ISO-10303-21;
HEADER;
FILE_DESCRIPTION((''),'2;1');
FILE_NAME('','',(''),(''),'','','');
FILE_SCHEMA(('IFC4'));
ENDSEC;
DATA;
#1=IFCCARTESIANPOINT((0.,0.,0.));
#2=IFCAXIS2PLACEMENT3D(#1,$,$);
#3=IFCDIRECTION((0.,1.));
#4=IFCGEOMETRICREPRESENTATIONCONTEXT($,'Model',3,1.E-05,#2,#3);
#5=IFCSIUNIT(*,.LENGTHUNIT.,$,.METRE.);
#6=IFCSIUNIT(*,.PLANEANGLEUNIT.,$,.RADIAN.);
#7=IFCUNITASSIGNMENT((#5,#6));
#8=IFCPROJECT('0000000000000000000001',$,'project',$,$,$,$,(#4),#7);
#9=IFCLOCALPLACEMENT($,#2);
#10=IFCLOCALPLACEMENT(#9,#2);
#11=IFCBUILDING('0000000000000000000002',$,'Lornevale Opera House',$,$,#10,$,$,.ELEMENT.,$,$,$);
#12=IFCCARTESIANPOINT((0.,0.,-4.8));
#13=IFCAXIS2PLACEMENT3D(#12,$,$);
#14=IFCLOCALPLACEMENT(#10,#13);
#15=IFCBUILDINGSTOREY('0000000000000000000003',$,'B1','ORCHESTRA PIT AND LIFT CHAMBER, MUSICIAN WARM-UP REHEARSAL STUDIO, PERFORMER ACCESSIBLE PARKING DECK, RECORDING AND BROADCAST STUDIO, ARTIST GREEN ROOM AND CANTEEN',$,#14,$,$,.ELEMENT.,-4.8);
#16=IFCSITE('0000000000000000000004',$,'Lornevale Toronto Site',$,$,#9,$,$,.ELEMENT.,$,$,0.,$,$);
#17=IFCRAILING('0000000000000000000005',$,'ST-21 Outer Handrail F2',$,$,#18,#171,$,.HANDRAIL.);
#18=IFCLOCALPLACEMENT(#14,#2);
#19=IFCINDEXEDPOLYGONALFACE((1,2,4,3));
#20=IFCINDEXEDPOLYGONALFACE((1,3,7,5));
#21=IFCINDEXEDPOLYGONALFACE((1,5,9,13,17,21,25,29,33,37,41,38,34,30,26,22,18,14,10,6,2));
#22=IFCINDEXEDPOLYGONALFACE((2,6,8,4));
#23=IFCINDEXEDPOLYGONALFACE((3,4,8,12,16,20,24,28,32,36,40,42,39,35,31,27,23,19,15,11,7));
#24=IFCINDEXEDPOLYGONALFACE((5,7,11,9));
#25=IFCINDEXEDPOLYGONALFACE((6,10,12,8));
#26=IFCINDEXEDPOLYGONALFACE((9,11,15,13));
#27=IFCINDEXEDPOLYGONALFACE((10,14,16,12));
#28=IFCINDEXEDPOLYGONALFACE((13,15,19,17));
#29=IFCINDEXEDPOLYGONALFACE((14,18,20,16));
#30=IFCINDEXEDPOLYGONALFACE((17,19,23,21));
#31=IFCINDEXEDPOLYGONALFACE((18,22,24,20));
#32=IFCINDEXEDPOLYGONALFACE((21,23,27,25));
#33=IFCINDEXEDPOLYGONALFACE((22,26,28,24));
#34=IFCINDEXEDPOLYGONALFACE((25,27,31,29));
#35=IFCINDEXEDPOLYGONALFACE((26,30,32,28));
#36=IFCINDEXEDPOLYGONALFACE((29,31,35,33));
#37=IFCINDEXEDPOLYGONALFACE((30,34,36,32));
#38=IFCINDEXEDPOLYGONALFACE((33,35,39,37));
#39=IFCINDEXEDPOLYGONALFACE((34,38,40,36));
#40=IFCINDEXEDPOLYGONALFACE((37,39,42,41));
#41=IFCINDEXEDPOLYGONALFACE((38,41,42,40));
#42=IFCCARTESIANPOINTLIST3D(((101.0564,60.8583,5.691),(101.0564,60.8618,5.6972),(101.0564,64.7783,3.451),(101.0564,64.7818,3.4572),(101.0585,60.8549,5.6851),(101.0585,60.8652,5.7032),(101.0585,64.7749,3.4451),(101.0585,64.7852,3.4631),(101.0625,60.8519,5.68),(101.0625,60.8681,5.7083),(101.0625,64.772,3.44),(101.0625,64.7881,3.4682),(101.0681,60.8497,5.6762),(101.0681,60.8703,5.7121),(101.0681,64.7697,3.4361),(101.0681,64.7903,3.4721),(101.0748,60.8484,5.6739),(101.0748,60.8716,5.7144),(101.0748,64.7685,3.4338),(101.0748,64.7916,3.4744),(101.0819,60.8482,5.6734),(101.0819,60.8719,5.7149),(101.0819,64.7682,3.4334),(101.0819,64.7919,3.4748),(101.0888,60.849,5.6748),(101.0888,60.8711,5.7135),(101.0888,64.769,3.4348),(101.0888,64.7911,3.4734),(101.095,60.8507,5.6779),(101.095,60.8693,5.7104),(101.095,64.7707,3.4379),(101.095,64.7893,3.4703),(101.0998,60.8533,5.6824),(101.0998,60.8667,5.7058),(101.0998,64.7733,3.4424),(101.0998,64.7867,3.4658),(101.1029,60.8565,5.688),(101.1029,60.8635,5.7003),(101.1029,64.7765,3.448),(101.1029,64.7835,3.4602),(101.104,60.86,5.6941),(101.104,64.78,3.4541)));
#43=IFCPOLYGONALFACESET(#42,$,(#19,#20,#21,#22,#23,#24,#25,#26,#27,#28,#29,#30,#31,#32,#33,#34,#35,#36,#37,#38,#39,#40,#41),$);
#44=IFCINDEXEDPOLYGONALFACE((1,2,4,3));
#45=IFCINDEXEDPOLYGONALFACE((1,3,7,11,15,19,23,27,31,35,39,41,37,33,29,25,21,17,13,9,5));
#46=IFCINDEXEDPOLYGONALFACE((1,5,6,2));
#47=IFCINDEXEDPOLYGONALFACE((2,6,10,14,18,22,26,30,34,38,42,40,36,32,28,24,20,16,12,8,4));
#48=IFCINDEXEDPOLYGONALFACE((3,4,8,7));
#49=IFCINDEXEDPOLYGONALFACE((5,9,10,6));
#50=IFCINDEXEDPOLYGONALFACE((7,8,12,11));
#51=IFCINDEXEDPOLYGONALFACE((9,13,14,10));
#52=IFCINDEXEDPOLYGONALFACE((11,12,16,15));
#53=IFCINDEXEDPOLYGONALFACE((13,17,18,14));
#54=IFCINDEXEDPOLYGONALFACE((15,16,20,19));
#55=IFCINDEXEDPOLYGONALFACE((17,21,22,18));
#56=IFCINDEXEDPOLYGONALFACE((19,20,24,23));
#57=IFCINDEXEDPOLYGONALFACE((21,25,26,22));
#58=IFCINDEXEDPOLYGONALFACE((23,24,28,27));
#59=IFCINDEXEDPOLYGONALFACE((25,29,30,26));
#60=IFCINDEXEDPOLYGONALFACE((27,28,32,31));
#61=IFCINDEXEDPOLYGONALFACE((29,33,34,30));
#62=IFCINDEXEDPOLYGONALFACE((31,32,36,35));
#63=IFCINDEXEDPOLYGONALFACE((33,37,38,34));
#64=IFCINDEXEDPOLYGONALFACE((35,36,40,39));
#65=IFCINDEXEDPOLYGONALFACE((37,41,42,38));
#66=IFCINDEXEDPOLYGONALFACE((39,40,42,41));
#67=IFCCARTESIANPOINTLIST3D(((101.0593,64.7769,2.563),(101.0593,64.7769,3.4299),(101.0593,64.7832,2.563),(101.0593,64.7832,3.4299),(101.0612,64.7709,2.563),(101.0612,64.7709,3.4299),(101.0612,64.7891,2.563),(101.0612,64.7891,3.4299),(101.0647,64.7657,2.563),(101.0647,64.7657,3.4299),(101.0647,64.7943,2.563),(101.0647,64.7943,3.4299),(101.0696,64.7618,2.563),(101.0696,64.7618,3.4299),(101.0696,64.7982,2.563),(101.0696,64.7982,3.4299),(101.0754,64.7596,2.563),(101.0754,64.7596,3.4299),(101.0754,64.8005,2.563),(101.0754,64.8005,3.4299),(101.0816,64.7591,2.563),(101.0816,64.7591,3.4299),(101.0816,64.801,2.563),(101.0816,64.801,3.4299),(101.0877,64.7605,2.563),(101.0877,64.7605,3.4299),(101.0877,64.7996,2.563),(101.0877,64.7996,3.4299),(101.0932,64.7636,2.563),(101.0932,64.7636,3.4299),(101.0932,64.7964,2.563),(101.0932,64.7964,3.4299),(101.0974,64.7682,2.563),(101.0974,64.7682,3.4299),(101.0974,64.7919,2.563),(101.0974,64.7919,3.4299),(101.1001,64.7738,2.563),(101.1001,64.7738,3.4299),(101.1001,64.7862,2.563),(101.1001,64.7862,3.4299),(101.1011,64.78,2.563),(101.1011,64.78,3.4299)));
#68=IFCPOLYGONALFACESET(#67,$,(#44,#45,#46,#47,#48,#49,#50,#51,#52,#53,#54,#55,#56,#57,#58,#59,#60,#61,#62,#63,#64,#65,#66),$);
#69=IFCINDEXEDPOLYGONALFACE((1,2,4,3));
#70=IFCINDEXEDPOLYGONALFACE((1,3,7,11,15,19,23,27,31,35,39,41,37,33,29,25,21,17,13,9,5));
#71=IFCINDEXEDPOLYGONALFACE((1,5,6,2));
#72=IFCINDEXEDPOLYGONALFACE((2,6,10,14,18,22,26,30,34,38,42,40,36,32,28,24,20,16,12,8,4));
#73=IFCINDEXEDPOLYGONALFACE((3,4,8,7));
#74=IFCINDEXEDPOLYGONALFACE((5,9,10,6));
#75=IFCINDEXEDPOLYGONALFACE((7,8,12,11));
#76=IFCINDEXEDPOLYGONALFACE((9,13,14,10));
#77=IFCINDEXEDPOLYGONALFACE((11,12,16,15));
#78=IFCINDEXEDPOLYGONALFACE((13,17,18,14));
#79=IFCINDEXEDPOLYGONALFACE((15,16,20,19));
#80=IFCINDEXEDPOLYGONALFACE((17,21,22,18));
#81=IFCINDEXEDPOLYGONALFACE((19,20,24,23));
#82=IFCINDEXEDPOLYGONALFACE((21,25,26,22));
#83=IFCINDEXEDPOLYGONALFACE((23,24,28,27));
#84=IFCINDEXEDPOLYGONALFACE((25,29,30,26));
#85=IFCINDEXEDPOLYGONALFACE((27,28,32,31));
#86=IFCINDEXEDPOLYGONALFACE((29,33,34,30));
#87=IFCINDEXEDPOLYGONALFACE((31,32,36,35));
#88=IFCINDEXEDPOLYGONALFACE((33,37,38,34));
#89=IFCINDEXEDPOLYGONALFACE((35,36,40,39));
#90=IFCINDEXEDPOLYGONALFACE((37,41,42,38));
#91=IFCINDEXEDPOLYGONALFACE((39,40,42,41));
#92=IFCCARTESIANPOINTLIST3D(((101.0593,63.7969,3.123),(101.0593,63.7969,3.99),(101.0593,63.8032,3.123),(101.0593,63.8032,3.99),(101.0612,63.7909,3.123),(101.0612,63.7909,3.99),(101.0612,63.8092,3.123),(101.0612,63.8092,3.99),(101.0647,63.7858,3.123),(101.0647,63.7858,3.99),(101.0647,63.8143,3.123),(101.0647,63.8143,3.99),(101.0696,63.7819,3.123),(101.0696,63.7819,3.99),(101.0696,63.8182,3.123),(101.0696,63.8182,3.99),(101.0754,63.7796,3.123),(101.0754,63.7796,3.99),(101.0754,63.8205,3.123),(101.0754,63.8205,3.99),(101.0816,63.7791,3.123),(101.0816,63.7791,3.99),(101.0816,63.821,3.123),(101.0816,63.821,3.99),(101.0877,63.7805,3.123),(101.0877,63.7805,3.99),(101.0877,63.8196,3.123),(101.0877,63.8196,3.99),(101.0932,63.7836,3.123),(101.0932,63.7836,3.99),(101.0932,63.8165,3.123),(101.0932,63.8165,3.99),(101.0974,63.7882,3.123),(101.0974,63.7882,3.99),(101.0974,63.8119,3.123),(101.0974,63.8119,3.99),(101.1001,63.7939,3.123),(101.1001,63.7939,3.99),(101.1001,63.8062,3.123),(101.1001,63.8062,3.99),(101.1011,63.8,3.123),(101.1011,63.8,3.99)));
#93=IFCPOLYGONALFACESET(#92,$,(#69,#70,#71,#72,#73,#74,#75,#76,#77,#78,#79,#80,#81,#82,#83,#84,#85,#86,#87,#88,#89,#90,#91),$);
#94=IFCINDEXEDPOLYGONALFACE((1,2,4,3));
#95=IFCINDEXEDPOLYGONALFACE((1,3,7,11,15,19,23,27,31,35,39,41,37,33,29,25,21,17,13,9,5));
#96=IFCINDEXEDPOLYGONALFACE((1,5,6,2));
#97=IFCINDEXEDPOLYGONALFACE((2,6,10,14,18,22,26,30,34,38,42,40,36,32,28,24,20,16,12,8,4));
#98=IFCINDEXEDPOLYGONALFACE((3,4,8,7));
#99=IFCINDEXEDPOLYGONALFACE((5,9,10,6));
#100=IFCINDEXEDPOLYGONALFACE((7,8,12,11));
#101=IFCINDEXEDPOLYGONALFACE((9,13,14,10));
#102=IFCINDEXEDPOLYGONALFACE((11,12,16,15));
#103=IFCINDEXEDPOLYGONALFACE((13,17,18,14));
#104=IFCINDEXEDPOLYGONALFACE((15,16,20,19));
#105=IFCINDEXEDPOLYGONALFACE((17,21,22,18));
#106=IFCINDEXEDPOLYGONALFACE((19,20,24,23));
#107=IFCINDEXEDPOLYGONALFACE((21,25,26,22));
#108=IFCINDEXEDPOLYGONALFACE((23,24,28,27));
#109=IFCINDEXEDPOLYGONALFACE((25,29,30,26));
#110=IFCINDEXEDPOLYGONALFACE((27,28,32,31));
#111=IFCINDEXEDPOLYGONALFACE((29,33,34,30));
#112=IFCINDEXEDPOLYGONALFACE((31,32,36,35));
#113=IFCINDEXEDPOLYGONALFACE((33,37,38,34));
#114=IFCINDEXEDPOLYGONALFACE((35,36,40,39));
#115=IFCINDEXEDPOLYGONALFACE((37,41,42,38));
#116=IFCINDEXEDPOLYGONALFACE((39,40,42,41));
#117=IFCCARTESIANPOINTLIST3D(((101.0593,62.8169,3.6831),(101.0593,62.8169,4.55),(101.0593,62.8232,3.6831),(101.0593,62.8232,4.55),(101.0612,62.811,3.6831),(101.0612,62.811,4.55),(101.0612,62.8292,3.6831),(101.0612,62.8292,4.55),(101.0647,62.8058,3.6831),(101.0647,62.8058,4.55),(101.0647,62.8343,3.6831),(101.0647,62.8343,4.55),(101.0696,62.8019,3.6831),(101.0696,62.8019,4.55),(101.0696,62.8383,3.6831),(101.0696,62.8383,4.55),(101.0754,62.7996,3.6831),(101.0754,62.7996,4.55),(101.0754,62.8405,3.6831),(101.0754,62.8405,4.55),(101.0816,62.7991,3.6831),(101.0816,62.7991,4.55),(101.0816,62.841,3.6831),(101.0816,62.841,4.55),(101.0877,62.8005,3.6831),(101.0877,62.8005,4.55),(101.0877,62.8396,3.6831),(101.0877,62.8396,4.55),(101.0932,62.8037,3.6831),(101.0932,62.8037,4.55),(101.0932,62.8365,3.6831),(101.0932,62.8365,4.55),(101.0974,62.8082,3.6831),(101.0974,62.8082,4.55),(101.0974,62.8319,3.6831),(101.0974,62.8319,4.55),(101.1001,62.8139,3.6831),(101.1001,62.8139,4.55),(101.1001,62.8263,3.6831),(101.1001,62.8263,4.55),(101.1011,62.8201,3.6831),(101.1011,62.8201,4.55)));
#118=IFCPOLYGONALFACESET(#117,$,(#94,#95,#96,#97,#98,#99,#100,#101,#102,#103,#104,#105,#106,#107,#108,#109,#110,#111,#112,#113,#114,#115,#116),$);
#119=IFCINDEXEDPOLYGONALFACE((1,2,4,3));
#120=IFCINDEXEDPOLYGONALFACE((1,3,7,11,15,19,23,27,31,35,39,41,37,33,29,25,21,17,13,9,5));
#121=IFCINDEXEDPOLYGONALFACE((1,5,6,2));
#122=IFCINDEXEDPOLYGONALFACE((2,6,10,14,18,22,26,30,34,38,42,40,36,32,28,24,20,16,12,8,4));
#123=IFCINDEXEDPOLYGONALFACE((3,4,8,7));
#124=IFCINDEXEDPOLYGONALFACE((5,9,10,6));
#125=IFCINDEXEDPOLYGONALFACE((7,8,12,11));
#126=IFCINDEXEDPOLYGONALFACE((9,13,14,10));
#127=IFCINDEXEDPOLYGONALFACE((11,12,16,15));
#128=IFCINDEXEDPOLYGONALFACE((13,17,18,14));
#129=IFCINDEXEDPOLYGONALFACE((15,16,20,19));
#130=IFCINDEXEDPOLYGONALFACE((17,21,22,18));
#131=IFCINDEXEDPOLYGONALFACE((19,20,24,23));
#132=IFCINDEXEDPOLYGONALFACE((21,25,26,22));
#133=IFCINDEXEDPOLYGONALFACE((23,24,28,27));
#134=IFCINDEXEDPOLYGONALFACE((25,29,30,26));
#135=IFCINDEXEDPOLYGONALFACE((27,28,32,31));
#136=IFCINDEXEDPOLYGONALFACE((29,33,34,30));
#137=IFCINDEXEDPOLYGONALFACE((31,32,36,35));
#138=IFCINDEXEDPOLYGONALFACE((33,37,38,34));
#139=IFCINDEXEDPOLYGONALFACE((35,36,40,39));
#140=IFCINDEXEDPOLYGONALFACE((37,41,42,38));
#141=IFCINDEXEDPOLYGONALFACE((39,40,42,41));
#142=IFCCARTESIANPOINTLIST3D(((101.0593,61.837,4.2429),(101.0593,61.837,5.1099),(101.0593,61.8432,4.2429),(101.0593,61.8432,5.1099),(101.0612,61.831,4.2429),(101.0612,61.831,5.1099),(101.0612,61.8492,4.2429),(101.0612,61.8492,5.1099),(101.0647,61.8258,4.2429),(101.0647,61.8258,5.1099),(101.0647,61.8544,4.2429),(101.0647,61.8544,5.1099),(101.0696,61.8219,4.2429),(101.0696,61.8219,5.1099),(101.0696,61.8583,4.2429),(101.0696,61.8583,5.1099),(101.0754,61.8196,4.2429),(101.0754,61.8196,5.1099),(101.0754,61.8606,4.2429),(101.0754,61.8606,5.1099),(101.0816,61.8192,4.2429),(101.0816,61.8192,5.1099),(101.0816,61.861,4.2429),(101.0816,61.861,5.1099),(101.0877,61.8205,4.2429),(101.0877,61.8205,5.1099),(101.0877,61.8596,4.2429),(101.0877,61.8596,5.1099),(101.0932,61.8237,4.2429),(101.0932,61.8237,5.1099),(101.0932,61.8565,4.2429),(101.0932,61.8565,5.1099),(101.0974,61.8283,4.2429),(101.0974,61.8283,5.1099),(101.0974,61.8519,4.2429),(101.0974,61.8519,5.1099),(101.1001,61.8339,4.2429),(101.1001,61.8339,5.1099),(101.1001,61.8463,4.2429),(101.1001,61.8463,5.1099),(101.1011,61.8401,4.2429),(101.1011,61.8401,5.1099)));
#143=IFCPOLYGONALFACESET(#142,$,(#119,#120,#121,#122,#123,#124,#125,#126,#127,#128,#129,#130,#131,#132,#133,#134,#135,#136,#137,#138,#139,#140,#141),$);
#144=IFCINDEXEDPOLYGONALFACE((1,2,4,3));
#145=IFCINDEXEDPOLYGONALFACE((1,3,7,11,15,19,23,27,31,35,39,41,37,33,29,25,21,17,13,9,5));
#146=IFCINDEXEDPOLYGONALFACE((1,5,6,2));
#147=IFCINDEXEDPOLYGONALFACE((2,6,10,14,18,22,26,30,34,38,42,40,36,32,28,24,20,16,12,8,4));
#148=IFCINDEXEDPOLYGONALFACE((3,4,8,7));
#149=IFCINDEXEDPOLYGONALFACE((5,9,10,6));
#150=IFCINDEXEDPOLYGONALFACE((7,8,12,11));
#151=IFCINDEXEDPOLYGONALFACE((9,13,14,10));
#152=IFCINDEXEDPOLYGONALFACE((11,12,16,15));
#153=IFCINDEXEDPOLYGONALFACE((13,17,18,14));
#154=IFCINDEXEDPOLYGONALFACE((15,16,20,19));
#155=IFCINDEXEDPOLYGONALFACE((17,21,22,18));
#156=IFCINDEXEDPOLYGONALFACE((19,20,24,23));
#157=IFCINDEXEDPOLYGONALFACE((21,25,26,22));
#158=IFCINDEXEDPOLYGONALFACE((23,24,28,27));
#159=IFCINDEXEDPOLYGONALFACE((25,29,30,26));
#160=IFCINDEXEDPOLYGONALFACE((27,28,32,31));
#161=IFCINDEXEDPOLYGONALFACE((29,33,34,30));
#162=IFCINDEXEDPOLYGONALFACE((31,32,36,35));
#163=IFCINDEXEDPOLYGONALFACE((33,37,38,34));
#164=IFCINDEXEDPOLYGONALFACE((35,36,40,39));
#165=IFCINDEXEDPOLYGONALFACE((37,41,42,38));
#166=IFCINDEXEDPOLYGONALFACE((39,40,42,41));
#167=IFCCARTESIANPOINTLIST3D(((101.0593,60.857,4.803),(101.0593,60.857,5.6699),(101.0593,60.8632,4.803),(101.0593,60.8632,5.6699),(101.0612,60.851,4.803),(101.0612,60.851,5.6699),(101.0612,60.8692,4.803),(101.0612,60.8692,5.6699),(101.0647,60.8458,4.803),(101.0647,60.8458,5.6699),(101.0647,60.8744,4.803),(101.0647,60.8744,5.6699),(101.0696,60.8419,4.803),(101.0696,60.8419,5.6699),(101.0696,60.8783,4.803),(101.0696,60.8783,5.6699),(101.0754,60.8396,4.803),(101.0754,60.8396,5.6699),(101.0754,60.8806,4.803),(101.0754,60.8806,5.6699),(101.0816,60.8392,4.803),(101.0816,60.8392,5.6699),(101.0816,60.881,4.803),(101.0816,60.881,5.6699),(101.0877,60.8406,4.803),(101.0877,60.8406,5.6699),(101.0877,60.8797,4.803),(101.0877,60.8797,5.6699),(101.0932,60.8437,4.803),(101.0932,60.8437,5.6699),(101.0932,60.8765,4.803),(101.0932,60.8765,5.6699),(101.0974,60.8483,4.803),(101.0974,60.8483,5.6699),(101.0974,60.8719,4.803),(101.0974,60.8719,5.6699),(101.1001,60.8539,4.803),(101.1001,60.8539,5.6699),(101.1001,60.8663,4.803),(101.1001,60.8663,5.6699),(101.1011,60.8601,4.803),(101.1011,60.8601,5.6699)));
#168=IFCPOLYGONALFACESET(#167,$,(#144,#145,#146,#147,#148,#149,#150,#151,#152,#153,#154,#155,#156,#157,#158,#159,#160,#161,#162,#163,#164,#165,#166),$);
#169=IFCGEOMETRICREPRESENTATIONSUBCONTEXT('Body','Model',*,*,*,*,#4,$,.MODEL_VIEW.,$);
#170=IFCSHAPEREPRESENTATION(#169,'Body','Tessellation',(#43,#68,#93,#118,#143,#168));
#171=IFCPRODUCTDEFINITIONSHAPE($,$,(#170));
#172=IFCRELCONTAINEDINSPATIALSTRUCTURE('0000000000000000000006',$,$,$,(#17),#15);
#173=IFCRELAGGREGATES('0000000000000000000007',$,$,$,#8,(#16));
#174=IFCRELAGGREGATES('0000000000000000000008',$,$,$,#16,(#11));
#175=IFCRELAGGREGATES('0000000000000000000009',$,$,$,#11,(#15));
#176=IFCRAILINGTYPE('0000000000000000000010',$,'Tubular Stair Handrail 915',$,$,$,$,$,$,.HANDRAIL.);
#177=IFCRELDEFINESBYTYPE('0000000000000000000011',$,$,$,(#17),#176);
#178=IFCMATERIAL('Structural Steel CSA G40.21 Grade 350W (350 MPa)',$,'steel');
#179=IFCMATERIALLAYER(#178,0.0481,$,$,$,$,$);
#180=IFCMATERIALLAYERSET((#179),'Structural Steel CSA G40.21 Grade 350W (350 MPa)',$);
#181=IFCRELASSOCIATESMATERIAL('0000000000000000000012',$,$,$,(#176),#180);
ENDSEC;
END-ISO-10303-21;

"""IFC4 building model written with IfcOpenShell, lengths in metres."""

from ifc_helpers import new_model, si_unit, direction, frame, origin, origin_2d, place, context, subcontext, project, spatial, circle, extrude, material, layer, layer_set, type_object, element, save


model = new_model("IFC4")

# Units and contexts
model_context = context("Model", 3, precision=1e-05, world=origin(), true_north=direction((0.0, 1.0)))
body_context = subcontext(model_context, "Body", "Model", "MODEL_VIEW")
ifc_project = project(units=[si_unit("LENGTHUNIT", "METRE"), si_unit("PLANEANGLEUNIT", "RADIAN")], contexts=[model_context])

# Site, building, storey
site_placement = place(None, origin())
site = spatial("IfcSite", under=ifc_project, at=site_placement, Name="Lornevale Toronto Site", CompositionType="ELEMENT", RefElevation=0.0)
building_placement = place(site_placement, origin())
building = spatial("IfcBuilding", under=site, at=building_placement, Name="Lornevale Opera House", CompositionType="ELEMENT")
storey_placement = place(building_placement, frame((0.0, 0.0, -4.8)))
storey = spatial("IfcBuildingStorey", under=building, at=storey_placement, Name="B1", Description="ORCHESTRA PIT AND LIFT CHAMBER, MUSICIAN WARM-UP REHEARSAL STUDIO, PERFORMER ACCESSIBLE PARKING DECK, RECORDING AND BROADCAST STUDIO, ARTIST GREEN ROOM AND CANTEEN", CompositionType="ELEMENT", Elevation=-4.8)

# Railing
ifc_material_1 = material(Name="Structural Steel CSA G40.21 Grade 350W (350 MPa)", Category="steel")
ifc_layer_1 = layer(ifc_material_1, 0.0481)
ifc_layer_set_1 = layer_set([ifc_layer_1], Name="Structural Steel CSA G40.21 Grade 350W (350 MPa)")
railing_type_1 = type_object("IfcRailingType", Name="Tubular Stair Handrail 915", PredefinedType="HANDRAIL", material=ifc_layer_set_1)
railing_1_placement = place(storey_placement, frame((101.0801, 64.78, 2.563)))
element("IfcRailing", 1, at=railing_1_placement, inside=storey, type_object=railing_type_1, Name="ST-21 Outer Handrail F2", PredefinedType="HANDRAIL", context=body_context, shape_type="SweptSolid", body=[
    extrude(circle(Radius=0.0239, at=origin_2d()), frame((0.0, 0.0, 0.8911), z_axis=(0.0, -0.86824, 0.496145), x_axis=(1.0, 0.0, 0.0)), (0.0, 0.0, 1.0), 4.5149),
    extrude(circle(Radius=0.021, at=origin_2d()), origin(), (0.0, 0.0, 1.0), 0.8669),
    extrude(circle(Radius=0.021, at=origin_2d()), frame((0.0, -0.98, 0.5601)), (0.0, 0.0, 1.0), 0.8669),
    extrude(circle(Radius=0.021, at=origin_2d()), frame((0.0, -1.96, 1.1201)), (0.0, 0.0, 1.0), 0.8669),
    extrude(circle(Radius=0.021, at=origin_2d()), frame((0.0, -2.9399, 1.6799)), (0.0, 0.0, 1.0), 0.8669),
    extrude(circle(Radius=0.021, at=origin_2d()), frame((0.0, -3.9199, 2.24)), (0.0, 0.0, 1.0), 0.8669),
])

save(model, "model.ifc")
